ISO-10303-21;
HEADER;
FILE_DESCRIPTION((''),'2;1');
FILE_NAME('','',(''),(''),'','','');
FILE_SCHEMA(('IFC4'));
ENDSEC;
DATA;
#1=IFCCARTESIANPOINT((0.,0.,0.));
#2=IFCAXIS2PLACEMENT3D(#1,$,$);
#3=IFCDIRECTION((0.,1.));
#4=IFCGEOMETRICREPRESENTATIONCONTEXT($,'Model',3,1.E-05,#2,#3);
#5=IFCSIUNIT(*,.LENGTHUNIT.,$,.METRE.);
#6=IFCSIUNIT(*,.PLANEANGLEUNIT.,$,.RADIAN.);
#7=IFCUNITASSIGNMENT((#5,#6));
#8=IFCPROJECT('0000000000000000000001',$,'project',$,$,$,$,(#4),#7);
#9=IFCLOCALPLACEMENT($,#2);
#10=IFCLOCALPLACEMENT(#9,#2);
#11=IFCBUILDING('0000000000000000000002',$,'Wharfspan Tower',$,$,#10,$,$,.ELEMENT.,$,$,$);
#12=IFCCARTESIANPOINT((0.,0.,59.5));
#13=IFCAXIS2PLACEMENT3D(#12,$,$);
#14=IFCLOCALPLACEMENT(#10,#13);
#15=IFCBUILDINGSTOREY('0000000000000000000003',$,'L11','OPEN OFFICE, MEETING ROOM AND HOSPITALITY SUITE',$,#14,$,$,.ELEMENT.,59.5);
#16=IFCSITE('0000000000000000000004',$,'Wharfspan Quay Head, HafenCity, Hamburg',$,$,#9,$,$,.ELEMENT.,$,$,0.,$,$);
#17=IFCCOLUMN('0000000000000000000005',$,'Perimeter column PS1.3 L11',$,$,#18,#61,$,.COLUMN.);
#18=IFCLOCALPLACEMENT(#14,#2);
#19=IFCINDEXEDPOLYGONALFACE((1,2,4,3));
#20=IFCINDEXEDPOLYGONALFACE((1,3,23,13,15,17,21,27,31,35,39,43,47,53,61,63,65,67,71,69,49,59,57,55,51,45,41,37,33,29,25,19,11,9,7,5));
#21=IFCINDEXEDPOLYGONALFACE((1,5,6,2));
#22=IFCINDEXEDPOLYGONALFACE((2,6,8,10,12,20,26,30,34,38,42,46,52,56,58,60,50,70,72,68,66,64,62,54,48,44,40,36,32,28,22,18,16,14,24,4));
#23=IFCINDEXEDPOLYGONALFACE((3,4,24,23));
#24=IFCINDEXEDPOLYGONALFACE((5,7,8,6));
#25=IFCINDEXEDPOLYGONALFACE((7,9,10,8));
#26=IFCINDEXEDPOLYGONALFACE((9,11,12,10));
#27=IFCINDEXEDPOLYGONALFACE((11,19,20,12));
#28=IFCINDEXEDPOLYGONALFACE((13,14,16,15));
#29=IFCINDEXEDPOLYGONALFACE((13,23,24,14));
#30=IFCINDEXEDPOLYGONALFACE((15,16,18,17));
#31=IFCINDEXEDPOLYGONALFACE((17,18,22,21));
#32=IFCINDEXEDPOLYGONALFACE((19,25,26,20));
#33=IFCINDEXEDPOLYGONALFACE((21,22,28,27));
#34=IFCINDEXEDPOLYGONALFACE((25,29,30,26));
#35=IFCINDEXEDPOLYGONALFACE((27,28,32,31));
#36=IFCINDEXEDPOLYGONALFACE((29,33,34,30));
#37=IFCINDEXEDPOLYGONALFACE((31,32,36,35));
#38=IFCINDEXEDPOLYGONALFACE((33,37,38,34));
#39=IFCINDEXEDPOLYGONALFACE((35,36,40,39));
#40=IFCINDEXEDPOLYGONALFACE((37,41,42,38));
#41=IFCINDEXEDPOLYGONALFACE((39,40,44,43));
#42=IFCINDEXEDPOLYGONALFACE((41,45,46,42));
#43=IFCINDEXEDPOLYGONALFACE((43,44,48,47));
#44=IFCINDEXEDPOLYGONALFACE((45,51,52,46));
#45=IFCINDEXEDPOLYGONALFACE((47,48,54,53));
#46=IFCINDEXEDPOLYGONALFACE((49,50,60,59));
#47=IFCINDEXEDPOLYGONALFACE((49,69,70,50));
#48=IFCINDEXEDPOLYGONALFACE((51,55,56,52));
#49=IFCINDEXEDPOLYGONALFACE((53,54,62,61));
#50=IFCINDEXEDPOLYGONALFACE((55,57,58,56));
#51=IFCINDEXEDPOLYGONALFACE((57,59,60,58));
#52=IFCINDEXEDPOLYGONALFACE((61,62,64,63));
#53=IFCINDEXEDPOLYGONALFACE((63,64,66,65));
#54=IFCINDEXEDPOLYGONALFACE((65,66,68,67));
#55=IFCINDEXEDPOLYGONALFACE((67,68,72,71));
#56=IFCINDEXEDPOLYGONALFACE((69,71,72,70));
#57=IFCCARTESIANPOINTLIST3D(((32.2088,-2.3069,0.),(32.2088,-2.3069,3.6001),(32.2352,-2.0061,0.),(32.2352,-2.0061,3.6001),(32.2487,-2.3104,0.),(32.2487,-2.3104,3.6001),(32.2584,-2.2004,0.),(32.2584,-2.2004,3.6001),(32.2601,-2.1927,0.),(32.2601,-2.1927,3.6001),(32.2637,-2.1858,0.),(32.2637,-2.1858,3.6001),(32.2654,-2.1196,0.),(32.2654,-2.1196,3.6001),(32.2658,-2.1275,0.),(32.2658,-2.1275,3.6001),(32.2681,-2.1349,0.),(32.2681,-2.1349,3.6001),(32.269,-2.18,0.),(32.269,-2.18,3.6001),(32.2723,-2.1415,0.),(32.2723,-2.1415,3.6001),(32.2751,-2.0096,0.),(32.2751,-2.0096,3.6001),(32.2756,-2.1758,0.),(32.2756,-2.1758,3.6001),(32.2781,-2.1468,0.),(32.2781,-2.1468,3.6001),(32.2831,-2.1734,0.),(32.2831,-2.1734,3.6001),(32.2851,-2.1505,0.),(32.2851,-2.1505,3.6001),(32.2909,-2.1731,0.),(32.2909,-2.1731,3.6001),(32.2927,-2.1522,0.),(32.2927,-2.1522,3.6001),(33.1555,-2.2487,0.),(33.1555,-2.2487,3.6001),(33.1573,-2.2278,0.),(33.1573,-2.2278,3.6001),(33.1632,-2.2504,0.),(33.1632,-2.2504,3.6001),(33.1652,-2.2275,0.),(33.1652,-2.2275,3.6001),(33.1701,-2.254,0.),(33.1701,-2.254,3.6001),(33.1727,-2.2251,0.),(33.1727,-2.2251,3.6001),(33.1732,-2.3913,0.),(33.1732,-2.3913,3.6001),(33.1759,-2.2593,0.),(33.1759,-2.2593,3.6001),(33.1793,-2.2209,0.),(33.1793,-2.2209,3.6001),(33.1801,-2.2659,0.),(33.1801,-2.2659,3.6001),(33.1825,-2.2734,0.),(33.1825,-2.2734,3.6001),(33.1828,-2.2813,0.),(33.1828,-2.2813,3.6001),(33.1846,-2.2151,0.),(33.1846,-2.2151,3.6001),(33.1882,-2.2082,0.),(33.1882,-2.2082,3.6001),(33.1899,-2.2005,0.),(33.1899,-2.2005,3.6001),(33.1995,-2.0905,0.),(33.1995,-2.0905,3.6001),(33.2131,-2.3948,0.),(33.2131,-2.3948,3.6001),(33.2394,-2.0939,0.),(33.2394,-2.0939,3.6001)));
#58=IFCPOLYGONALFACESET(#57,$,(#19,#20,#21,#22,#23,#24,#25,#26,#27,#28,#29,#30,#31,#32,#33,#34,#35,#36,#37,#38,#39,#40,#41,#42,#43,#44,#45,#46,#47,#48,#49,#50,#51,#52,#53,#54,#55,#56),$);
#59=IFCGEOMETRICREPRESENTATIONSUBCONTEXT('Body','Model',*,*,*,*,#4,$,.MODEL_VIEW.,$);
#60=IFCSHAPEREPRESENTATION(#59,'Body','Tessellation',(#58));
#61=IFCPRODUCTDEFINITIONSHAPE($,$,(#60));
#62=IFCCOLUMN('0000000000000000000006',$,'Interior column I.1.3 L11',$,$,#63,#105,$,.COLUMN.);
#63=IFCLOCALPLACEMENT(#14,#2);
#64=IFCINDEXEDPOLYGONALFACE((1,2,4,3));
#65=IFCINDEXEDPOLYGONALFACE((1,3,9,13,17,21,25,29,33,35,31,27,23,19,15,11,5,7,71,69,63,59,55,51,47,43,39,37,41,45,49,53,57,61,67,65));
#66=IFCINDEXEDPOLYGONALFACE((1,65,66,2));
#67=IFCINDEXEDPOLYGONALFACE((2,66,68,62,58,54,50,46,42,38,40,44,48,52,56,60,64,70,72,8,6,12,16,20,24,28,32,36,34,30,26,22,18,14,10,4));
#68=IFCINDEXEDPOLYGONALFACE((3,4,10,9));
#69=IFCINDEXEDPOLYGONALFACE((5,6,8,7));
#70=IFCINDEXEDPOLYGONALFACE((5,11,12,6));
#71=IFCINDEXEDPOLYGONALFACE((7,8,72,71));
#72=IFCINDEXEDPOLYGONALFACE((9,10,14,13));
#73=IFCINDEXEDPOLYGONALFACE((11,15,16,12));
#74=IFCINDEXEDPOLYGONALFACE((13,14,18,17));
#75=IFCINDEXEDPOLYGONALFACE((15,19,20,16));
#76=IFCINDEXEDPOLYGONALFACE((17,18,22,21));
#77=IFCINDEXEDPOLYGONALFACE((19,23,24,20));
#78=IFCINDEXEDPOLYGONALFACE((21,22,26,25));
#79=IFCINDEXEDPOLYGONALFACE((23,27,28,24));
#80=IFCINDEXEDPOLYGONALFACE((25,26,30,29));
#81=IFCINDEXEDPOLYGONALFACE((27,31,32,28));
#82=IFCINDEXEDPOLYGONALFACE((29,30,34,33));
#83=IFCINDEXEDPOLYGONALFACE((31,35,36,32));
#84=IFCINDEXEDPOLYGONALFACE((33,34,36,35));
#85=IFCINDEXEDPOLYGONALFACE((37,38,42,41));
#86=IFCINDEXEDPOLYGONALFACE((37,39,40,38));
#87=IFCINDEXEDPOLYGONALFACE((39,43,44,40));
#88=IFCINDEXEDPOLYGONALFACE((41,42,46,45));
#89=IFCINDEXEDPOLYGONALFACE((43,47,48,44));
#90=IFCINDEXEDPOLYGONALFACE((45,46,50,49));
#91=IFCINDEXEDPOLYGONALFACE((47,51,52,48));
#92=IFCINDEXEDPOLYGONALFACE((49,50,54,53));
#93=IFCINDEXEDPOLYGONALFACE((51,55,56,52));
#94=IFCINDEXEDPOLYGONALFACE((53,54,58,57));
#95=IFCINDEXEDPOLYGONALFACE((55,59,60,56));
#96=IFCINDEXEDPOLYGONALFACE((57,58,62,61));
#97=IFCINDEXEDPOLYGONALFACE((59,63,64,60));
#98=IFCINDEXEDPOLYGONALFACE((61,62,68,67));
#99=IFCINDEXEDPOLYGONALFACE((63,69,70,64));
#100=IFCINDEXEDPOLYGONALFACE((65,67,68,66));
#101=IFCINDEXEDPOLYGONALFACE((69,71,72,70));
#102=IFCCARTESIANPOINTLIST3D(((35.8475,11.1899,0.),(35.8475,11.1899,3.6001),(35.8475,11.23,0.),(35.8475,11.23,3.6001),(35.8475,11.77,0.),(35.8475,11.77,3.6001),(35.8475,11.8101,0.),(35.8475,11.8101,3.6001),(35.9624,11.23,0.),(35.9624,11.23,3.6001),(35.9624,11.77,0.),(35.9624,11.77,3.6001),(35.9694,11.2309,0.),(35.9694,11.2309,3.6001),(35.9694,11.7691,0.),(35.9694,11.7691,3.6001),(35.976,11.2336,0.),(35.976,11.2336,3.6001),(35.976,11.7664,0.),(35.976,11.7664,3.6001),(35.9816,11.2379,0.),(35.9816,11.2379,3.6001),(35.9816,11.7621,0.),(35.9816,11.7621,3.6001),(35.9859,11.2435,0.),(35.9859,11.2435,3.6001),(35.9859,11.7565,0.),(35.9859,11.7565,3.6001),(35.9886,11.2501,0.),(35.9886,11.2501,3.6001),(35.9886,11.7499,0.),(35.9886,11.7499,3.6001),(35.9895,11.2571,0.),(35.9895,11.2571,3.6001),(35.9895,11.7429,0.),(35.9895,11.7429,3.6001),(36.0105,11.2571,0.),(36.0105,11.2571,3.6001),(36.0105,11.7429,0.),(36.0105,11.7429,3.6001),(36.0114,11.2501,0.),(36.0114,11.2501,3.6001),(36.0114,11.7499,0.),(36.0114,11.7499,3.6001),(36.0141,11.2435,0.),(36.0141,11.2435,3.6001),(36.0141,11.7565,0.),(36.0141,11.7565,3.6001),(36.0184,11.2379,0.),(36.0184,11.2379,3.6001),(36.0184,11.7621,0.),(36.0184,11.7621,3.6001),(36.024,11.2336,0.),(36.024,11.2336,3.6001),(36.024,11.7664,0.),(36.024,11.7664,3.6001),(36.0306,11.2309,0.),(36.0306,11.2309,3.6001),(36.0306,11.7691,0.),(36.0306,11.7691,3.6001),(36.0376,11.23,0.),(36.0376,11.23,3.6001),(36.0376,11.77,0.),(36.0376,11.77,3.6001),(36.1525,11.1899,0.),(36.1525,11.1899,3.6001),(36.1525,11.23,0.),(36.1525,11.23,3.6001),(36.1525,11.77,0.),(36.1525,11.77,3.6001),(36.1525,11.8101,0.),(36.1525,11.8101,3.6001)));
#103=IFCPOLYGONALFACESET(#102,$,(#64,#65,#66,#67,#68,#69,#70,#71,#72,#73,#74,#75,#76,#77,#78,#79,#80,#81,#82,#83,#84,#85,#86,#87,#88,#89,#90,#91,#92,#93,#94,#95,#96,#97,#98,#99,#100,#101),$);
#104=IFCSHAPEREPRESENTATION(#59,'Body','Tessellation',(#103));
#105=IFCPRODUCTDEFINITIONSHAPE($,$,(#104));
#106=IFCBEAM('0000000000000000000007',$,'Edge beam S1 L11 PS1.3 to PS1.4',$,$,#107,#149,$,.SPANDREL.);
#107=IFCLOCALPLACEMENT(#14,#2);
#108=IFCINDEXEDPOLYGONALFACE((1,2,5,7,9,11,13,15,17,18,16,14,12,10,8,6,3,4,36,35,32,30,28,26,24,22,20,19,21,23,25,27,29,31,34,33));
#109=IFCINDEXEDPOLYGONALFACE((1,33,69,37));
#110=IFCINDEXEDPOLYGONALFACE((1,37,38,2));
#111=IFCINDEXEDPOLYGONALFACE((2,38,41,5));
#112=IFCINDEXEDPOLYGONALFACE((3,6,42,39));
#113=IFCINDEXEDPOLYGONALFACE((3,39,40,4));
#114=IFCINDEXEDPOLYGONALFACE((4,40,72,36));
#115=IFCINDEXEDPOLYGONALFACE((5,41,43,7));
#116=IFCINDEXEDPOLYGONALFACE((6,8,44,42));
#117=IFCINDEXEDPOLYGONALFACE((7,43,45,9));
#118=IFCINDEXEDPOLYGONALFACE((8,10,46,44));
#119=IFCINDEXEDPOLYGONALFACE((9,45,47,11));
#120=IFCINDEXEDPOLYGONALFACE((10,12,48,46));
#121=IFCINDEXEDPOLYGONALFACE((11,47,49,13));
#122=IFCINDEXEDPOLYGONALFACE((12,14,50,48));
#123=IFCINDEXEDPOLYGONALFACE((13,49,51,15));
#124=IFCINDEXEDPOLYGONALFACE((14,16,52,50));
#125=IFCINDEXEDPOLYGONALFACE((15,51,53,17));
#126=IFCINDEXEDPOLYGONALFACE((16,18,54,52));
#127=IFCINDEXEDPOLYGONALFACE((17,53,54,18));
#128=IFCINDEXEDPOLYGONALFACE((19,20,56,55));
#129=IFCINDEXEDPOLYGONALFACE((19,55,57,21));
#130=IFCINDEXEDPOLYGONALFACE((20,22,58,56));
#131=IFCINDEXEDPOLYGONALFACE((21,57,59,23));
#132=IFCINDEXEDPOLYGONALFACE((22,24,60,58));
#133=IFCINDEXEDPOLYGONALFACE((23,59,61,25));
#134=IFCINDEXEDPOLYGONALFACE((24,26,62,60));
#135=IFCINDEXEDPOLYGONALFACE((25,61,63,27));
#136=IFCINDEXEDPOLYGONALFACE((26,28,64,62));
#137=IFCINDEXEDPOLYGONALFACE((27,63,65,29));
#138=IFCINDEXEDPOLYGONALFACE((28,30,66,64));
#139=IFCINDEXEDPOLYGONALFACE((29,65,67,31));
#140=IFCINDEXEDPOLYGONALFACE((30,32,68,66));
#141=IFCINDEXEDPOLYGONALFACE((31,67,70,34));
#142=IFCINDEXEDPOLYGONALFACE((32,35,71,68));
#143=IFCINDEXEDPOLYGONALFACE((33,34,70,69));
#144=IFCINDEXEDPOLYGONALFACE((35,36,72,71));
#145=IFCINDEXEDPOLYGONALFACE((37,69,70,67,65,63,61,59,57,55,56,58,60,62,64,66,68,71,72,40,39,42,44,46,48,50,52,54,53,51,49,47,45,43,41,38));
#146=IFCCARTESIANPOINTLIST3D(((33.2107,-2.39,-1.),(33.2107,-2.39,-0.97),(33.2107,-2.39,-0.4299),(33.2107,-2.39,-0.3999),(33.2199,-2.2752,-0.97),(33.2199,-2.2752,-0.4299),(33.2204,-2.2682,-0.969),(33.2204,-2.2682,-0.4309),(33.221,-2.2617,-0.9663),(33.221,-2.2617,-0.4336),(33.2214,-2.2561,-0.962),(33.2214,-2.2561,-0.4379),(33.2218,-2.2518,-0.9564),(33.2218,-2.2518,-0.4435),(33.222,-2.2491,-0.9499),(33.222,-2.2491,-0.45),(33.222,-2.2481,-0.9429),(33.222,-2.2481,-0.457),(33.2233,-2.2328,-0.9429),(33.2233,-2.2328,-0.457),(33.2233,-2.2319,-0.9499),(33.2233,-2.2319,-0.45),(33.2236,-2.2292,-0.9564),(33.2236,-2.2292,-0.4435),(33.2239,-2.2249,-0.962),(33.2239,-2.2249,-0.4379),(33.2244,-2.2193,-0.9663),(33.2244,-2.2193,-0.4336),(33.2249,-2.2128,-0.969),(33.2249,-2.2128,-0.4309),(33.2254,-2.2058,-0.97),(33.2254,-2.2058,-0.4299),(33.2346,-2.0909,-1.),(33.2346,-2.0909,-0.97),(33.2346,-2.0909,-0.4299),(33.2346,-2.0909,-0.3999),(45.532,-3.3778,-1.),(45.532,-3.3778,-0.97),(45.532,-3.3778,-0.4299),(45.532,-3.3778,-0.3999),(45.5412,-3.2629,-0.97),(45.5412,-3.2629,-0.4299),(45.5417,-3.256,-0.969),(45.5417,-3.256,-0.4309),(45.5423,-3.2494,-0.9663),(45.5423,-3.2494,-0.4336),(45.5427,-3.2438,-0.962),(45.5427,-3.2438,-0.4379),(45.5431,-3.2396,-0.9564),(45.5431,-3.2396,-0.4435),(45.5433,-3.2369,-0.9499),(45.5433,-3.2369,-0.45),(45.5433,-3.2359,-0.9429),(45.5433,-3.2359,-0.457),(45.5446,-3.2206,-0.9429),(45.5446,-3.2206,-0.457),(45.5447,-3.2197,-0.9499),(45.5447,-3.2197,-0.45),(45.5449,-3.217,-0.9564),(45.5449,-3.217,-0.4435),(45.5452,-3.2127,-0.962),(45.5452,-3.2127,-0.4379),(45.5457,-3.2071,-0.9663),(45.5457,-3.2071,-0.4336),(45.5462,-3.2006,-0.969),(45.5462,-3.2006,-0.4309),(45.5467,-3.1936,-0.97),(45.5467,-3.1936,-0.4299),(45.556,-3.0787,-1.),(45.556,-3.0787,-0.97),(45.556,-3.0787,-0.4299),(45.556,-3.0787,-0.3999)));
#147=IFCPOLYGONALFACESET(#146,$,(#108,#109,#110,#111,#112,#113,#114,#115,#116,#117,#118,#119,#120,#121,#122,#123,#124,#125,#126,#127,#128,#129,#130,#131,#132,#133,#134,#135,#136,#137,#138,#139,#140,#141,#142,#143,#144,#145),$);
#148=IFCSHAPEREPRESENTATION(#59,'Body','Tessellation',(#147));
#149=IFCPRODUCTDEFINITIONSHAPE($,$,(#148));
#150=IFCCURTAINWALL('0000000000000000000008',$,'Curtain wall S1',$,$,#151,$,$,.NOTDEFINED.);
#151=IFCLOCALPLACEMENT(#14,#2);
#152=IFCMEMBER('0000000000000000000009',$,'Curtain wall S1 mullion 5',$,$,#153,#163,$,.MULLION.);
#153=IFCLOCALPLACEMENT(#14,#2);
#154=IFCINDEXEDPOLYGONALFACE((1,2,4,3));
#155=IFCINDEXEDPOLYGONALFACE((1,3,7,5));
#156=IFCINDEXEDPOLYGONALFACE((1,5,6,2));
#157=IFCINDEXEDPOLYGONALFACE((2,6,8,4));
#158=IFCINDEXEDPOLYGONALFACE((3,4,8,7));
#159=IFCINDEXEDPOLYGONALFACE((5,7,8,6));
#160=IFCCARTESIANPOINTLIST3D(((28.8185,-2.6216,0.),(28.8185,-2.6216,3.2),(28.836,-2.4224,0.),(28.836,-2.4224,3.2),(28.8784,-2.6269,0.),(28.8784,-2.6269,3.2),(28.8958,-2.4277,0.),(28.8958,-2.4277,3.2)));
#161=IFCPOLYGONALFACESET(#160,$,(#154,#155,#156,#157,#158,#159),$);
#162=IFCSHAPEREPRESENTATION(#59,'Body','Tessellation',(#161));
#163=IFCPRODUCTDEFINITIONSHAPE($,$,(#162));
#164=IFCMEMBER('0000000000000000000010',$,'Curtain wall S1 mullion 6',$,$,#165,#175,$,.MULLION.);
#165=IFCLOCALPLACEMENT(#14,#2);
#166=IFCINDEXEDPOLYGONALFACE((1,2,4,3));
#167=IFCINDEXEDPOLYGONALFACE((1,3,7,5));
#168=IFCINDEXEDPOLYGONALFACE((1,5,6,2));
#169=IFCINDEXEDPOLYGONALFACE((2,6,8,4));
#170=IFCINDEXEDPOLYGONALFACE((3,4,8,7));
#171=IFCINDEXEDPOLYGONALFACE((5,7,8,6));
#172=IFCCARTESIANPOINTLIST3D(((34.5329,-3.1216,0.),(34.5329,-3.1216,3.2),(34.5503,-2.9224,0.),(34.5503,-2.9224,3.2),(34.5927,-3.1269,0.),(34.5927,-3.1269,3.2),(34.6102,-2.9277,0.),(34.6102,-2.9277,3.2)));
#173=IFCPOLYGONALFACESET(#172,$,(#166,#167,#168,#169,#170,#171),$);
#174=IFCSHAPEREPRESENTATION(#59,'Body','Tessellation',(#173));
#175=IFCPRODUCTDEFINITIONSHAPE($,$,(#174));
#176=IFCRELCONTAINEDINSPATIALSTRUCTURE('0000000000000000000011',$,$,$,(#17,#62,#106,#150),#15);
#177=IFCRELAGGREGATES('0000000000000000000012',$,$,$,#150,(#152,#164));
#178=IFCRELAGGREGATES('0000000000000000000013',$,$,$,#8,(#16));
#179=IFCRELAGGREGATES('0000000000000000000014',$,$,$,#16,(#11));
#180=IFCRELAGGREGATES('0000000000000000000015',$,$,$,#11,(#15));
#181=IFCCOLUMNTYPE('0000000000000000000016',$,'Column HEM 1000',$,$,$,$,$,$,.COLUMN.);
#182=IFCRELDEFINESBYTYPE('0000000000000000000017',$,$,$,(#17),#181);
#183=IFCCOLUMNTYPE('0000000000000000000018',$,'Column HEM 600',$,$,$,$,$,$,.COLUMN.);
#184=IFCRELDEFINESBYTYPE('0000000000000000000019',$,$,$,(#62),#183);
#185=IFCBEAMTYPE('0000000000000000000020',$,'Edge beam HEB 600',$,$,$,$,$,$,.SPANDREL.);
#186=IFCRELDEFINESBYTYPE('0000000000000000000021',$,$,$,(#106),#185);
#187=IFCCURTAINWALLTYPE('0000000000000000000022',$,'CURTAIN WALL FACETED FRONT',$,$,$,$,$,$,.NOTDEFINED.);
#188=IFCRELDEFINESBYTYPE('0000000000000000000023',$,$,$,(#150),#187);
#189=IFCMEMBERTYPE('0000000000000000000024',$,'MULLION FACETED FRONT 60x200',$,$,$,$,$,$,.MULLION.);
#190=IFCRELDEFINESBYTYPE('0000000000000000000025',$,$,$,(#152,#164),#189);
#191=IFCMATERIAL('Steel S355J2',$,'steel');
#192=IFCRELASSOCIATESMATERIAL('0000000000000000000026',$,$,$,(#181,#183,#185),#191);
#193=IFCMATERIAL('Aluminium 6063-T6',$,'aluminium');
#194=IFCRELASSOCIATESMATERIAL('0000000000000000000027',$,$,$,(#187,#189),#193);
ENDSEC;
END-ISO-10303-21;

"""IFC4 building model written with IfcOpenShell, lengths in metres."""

from ifc_helpers import new_model, si_unit, direction, frame, origin, origin_2d, place, context, subcontext, project, spatial, rectangle, i_section, extrude, material, material_profile, profile_set, type_object, element, aggregate, save


model = new_model("IFC4")

# Units and contexts
model_context = context("Model", 3, precision=1e-05, world=origin(), true_north=direction((0.0, 1.0)))
body_context = subcontext(model_context, "Body", "Model", "MODEL_VIEW")
ifc_project = project(units=[si_unit("LENGTHUNIT", "METRE"), si_unit("PLANEANGLEUNIT", "RADIAN")], contexts=[model_context])

# Site, building, storey
site_placement = place(None, origin())
site = spatial("IfcSite", under=ifc_project, at=site_placement, Name="Wharfspan Quay Head, HafenCity, Hamburg", CompositionType="ELEMENT", RefElevation=0.0)
building_placement = place(site_placement, origin())
building = spatial("IfcBuilding", under=site, at=building_placement, Name="Wharfspan Tower", CompositionType="ELEMENT")
storey_placement = place(building_placement, frame((0.0, 0.0, 59.5)))
storey = spatial("IfcBuildingStorey", under=building, at=storey_placement, Name="L11", Description="OPEN OFFICE, MEETING ROOM AND HOSPITALITY SUITE", CompositionType="ELEMENT", Elevation=59.5)

# Columns
ifc_material_1 = material(Name="Steel S355J2", Category="steel")
ifc_material_profile_1 = material_profile(ifc_material_1, i_section(OverallWidth=0.302, OverallDepth=1.0081, WebThickness=0.021, FlangeThickness=0.04, FilletRadius=0.03, at=origin_2d()))
ifc_profile_set_1 = profile_set([ifc_material_profile_1], Name="Steel S355J2")
column_type_1 = type_object("IfcColumnType", Name="Column HEM 1000", PredefinedType="COLUMN", material=ifc_profile_set_1)
column_1_placement = place(storey_placement, frame((32.7241, -2.2004, 0.0), z_axis=(0.0, 0.0, 1.0), x_axis=(-0.087156, -0.996198, 0.0)))
element("IfcColumn", 1, at=column_1_placement, inside=storey, type_object=column_type_1, Name="Perimeter column PS1.3 L11", PredefinedType="COLUMN", context=body_context, shape_type="SweptSolid", body=[
    extrude(i_section(OverallWidth=0.302, OverallDepth=1.0081, WebThickness=0.021, FlangeThickness=0.04, FilletRadius=0.03, at=origin_2d()), origin(), (0.0, 0.0, 1.0), 3.6001),
])
ifc_material_profile_2 = material_profile(ifc_material_1, i_section(OverallWidth=0.3049, OverallDepth=0.6201, WebThickness=0.021, FlangeThickness=0.04, FilletRadius=0.0271, at=origin_2d()))
ifc_profile_set_2 = profile_set([ifc_material_profile_2], Name="Steel S355J2")
column_type_2 = type_object("IfcColumnType", Name="Column HEM 600", PredefinedType="COLUMN", material=ifc_profile_set_2)
column_2_placement = place(storey_placement, frame((36.0, 11.5, 0.0), z_axis=(0.0, 0.0, 1.0), x_axis=(1.0, 0.0, 0.0)))
element("IfcColumn", 2, at=column_2_placement, inside=storey, type_object=column_type_2, Name="Interior column I.1.3 L11", PredefinedType="COLUMN", context=body_context, shape_type="SweptSolid", body=[
    extrude(i_section(OverallWidth=0.3049, OverallDepth=0.6201, WebThickness=0.021, FlangeThickness=0.04, FilletRadius=0.0271, at=origin_2d()), origin(), (0.0, 0.0, 1.0), 3.6001),
])

# Beam
ifc_material_profile_3 = material_profile(ifc_material_1, i_section(OverallWidth=0.3, OverallDepth=0.6001, WebThickness=0.0154, FlangeThickness=0.03, FilletRadius=0.0271, at=origin_2d()))
ifc_profile_set_3 = profile_set([ifc_material_profile_3], Name="Steel S355J2")
beam_type = type_object("IfcBeamType", Name="Edge beam HEB 600", PredefinedType="SPANDREL", material=ifc_profile_set_3)
beam_placement = place(storey_placement, frame((33.2227, -2.2405, -0.7), z_axis=(0.996802, -0.079913, 0.0), x_axis=(0.079913, 0.996802, 0.0)))
element("IfcBeam", 3, at=beam_placement, inside=storey, type_object=beam_type, Name="Edge beam S1 L11 PS1.3 to PS1.4", PredefinedType="SPANDREL", context=body_context, shape_type="SweptSolid", body=[
    extrude(i_section(OverallWidth=0.3, OverallDepth=0.6001, WebThickness=0.0154, FlangeThickness=0.03, FilletRadius=0.0271, at=origin_2d()), origin(), (0.0, 0.0, 1.0), 12.3608),
])

# Curtain wall, members
ifc_material_2 = material(Name="Aluminium 6063-T6", Category="aluminium")
curtain_wall_type = type_object("IfcCurtainWallType", Name="CURTAIN WALL FACETED FRONT", PredefinedType="NOTDEFINED", material=ifc_material_2)
curtain_wall_placement = place(storey_placement, origin())
curtain_wall = element("IfcCurtainWall", 4, at=curtain_wall_placement, inside=storey, type_object=curtain_wall_type, Name="Curtain wall S1", PredefinedType="NOTDEFINED")
ifc_material_profile_4 = material_profile(ifc_material_2, rectangle(XDim=0.2, YDim=0.0601, at=origin_2d()))
ifc_profile_set_4 = profile_set([ifc_material_profile_4], Name="Aluminium 6063-T6")
member_type_1 = type_object("IfcMemberType", Name="MULLION FACETED FRONT 60x200", PredefinedType="MULLION", material=ifc_profile_set_4)
member_1_placement = place(storey_placement, frame((28.8572, -2.5247, 0.0), z_axis=(0.0, 0.0, 1.0), x_axis=(0.087156, 0.996197, 0.0)))
member_1 = element("IfcMember", 5, at=member_1_placement, type_object=member_type_1, Name="Curtain wall S1 mullion 5", PredefinedType="MULLION", context=body_context, shape_type="SweptSolid", body=[
    extrude(rectangle(XDim=0.2, YDim=0.0601, at=origin_2d()), origin(), (0.0, 0.0, 1.0), 3.2),
])
member_2_placement = place(storey_placement, frame((34.5715, -3.0247, 0.0), z_axis=(0.0, 0.0, 1.0), x_axis=(0.087156, 0.996197, 0.0)))
member_2 = element("IfcMember", 6, at=member_2_placement, type_object=member_type_1, Name="Curtain wall S1 mullion 6", PredefinedType="MULLION", context=body_context, shape_type="SweptSolid", body=[
    extrude(rectangle(XDim=0.2, YDim=0.0601, at=origin_2d()), origin(), (0.0, 0.0, 1.0), 3.2),
])

aggregate(curtain_wall, [member_1, member_2])

save(model, "model.ifc")
